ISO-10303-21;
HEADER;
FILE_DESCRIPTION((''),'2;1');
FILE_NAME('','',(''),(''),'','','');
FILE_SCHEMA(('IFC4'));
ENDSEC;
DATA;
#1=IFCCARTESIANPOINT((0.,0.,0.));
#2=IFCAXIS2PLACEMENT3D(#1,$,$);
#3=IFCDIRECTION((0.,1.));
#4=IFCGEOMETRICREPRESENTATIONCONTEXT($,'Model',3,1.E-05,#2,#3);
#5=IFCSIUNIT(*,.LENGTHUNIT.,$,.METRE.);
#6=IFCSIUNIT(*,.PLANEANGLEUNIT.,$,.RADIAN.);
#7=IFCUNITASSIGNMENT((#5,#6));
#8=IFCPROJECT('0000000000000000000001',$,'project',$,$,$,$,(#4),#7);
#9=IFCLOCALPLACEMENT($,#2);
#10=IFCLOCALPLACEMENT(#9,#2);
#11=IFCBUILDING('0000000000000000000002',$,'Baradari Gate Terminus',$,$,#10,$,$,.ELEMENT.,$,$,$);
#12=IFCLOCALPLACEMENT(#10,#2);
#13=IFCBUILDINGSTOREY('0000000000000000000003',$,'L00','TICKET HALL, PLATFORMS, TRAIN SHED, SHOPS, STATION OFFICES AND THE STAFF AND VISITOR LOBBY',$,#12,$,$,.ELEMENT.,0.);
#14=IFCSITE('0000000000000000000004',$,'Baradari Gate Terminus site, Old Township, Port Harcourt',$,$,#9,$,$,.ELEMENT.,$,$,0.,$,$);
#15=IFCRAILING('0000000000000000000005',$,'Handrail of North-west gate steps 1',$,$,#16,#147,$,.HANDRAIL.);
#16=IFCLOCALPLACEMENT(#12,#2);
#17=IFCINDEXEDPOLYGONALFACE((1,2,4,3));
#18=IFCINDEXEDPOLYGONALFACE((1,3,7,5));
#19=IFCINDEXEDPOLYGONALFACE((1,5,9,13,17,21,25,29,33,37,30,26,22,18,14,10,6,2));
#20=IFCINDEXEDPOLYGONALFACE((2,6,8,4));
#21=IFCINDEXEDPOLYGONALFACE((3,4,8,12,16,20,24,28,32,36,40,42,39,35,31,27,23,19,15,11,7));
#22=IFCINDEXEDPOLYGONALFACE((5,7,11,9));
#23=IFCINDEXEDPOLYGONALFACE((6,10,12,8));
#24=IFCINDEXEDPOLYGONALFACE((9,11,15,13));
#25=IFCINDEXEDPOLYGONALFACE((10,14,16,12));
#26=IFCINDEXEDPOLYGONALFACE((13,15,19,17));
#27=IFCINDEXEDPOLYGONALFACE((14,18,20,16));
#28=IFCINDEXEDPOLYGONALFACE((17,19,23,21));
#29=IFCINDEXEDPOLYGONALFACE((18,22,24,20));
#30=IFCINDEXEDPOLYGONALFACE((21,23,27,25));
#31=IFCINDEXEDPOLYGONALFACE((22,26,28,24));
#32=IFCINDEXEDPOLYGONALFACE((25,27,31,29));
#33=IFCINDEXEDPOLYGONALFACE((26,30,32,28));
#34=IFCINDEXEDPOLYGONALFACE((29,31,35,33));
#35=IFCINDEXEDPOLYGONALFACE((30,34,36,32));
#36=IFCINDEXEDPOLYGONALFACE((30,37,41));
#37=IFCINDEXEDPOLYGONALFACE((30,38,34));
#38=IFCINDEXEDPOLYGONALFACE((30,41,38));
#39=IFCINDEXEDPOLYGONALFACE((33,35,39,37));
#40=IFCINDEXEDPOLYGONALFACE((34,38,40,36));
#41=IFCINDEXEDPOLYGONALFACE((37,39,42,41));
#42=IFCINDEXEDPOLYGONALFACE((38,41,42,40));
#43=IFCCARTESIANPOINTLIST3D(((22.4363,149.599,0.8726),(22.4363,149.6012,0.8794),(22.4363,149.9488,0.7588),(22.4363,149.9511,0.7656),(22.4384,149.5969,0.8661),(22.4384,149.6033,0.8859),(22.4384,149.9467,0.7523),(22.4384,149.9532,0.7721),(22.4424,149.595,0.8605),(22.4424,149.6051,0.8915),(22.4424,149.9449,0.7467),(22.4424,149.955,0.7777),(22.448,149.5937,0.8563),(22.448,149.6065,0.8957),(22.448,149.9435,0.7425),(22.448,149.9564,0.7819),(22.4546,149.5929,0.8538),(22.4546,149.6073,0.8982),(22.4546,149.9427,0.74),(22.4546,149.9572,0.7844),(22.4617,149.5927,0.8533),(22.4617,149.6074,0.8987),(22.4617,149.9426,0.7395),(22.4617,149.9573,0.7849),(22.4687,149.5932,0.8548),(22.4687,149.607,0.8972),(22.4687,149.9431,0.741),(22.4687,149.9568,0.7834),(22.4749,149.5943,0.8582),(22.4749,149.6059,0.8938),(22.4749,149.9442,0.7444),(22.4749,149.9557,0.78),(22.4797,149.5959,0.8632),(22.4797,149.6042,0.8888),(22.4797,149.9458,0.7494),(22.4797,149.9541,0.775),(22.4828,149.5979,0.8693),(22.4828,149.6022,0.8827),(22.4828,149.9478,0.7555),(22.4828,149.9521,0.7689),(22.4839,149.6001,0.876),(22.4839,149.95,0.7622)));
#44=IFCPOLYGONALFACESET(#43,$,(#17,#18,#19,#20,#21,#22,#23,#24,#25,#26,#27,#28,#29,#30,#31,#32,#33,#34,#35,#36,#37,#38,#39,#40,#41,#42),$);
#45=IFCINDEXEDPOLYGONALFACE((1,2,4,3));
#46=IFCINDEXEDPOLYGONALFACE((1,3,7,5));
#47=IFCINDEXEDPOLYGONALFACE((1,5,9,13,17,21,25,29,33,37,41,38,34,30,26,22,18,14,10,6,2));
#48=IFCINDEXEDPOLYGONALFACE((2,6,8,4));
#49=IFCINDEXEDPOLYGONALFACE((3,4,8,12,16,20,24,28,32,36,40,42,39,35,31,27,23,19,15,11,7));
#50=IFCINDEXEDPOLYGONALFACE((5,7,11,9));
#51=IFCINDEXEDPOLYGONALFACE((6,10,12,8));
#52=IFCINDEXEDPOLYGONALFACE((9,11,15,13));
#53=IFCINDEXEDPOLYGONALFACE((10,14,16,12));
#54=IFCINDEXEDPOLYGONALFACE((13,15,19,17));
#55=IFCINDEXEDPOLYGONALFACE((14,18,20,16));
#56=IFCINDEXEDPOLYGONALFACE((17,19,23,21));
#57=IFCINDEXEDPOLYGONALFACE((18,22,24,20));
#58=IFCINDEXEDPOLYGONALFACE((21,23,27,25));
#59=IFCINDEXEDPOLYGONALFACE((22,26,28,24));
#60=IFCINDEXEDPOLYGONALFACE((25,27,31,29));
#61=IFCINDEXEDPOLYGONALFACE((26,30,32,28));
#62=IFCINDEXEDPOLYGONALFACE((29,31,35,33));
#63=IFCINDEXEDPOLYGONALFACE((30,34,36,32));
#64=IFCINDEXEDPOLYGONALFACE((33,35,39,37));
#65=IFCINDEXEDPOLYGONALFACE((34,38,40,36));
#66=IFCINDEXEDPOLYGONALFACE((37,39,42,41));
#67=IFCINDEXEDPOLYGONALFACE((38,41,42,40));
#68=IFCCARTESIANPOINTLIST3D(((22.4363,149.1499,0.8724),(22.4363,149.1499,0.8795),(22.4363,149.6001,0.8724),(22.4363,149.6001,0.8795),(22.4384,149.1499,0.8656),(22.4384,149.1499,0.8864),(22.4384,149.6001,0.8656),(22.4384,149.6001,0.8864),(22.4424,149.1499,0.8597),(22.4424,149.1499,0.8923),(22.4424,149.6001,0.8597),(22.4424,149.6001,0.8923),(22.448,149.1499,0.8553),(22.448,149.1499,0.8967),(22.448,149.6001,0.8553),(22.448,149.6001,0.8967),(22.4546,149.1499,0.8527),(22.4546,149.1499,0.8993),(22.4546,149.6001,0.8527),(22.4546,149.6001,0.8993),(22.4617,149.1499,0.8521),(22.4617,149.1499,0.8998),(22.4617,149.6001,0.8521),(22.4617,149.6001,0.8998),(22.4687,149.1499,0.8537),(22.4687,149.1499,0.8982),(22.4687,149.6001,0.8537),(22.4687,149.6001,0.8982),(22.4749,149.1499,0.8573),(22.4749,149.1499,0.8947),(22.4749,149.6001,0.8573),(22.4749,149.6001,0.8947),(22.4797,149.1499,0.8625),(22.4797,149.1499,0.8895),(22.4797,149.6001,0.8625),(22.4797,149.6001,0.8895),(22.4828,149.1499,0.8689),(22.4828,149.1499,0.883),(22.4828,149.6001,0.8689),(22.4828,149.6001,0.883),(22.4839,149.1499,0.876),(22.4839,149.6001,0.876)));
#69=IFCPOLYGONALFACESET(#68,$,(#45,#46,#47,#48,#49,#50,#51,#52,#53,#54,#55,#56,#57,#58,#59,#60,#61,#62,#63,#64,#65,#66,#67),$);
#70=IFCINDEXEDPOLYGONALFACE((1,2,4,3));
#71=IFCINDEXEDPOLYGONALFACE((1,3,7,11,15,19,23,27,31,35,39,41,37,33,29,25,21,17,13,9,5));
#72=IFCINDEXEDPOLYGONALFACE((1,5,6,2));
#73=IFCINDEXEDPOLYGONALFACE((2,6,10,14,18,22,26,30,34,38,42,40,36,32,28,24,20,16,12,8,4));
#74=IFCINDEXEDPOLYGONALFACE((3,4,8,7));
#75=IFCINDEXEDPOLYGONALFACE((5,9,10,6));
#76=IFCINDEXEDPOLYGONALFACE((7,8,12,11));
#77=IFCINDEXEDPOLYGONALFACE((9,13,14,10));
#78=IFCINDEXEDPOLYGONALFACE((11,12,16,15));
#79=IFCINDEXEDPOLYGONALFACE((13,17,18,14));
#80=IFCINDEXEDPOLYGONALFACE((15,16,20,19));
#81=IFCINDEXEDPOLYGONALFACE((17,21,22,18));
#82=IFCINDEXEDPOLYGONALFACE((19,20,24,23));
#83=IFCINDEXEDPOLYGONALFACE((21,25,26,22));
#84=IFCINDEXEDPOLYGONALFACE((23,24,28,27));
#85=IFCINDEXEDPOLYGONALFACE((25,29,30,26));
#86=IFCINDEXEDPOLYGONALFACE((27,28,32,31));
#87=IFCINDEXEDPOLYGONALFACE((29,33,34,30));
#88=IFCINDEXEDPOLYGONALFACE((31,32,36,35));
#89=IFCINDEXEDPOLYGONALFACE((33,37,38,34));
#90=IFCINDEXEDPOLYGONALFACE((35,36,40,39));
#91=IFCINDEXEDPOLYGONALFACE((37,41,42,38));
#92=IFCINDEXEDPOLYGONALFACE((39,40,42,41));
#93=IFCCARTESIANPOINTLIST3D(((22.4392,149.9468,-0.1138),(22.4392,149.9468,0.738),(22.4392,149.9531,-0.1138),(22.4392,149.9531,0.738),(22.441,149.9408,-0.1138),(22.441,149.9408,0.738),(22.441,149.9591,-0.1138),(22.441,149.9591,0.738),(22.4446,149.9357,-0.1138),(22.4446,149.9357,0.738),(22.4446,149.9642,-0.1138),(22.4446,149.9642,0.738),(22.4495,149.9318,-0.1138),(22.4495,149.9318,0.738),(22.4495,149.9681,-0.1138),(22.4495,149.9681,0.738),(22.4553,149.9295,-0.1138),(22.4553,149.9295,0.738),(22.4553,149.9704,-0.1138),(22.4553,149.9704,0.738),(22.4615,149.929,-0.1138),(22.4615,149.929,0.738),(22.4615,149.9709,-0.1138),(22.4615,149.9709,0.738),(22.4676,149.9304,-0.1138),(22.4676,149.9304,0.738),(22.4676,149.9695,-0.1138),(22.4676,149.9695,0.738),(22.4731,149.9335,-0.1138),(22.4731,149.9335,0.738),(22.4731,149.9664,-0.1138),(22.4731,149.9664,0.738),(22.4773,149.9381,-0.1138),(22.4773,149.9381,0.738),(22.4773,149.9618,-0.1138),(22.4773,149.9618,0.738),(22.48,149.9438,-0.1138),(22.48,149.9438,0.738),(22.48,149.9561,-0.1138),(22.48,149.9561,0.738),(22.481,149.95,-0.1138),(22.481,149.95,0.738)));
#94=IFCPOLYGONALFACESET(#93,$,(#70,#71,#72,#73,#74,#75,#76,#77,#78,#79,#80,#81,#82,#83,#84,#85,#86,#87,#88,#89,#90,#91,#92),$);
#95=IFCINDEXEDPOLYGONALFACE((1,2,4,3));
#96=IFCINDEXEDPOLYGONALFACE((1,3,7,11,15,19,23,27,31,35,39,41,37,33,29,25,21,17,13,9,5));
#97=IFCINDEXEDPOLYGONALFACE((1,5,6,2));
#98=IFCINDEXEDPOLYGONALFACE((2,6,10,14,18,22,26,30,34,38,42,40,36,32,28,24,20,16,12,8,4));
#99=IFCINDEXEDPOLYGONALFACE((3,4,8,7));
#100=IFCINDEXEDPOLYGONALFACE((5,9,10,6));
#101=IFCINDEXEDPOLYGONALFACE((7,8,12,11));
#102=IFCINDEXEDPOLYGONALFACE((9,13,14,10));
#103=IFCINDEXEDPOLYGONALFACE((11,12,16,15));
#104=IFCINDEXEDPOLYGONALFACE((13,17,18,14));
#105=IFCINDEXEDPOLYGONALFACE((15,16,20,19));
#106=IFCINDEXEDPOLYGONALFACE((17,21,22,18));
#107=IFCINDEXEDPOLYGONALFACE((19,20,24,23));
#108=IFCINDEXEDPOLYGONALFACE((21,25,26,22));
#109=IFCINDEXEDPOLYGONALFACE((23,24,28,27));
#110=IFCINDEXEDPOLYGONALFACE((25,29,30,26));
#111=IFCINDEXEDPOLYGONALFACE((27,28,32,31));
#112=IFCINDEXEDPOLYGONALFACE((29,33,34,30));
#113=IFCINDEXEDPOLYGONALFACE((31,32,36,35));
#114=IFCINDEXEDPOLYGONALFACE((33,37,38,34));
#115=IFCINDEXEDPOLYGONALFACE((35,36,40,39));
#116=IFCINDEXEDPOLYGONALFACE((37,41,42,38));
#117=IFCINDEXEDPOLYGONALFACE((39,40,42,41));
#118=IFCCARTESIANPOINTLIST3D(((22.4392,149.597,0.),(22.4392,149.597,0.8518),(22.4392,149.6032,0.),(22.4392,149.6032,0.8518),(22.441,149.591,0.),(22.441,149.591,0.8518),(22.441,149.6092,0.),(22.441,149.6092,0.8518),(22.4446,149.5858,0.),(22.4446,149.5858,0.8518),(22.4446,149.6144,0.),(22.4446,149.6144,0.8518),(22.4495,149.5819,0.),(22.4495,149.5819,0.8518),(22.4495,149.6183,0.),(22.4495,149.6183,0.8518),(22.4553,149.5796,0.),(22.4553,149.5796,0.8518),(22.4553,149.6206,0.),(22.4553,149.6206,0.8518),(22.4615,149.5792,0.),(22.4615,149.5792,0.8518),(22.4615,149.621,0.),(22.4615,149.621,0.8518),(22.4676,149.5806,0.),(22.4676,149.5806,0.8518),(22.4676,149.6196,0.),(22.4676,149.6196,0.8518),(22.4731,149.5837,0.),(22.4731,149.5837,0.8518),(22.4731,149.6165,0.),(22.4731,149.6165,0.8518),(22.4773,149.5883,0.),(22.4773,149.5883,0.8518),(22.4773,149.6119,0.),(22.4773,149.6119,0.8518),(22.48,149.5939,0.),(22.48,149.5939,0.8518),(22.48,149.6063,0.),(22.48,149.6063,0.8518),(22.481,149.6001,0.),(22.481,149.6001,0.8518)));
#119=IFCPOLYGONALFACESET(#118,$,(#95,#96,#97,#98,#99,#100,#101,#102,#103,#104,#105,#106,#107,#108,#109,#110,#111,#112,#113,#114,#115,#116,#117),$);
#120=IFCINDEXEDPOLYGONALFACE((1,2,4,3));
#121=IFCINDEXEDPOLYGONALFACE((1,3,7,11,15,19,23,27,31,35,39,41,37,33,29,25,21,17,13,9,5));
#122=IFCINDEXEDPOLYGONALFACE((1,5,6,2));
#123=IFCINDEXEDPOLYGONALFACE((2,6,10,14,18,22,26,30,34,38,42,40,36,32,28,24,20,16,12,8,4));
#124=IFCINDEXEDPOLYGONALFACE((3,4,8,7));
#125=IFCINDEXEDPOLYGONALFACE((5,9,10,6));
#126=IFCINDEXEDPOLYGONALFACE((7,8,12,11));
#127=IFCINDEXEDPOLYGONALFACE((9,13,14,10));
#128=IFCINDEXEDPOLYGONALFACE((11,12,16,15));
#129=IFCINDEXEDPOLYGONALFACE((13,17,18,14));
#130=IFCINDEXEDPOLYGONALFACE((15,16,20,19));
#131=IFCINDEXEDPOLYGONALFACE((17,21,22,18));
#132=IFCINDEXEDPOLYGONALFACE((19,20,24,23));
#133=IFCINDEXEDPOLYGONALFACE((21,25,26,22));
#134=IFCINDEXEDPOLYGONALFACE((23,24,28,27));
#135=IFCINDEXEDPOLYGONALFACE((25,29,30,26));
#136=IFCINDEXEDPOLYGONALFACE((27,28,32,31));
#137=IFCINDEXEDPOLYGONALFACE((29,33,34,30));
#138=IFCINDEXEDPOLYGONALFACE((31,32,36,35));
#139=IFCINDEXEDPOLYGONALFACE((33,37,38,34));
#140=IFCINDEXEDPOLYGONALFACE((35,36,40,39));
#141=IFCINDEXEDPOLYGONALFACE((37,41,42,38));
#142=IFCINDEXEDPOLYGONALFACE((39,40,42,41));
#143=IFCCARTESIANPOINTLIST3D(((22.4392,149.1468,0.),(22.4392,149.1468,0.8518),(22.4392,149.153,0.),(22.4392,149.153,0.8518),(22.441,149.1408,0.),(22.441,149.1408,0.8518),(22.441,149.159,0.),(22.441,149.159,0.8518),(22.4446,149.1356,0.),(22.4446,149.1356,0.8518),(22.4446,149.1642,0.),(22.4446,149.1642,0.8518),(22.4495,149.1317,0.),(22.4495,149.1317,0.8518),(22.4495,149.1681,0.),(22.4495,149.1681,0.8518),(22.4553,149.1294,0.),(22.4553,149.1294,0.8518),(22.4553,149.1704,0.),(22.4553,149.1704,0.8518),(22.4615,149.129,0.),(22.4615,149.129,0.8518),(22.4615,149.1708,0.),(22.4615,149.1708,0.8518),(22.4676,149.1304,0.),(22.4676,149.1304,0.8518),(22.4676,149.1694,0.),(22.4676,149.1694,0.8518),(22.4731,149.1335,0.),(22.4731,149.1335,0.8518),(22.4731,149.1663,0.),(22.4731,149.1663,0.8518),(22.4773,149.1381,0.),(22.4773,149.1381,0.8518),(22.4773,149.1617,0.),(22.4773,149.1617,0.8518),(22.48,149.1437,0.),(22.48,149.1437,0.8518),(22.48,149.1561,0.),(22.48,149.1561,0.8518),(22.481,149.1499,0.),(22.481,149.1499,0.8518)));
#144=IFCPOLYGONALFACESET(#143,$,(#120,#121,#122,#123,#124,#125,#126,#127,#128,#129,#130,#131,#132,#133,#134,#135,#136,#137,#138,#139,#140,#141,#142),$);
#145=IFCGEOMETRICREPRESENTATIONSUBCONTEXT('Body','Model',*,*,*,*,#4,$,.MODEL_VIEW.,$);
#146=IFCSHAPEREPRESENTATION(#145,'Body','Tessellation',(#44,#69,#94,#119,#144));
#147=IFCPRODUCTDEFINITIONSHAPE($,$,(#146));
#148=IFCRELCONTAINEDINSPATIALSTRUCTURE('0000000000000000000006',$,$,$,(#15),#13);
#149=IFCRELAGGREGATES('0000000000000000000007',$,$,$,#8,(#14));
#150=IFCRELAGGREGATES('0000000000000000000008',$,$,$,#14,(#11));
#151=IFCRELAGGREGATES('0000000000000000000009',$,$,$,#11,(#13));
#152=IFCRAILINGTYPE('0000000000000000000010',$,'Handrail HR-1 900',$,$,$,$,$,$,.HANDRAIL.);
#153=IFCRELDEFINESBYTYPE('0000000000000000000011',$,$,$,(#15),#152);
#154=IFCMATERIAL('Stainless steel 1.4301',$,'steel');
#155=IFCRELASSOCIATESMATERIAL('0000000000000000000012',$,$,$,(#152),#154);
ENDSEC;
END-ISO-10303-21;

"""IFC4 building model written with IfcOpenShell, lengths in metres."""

from ifc_helpers import new_model, si_unit, direction, frame, origin, origin_2d, place, context, subcontext, project, spatial, circle, extrude, material, type_object, element, save


model = new_model("IFC4")

# Units and contexts
model_context = context("Model", 3, precision=1e-05, world=origin(), true_north=direction((0.0, 1.0)))
body_context = subcontext(model_context, "Body", "Model", "MODEL_VIEW")
ifc_project = project(units=[si_unit("LENGTHUNIT", "METRE"), si_unit("PLANEANGLEUNIT", "RADIAN")], contexts=[model_context])

# Site, building, storey
site_placement = place(None, origin())
site = spatial("IfcSite", under=ifc_project, at=site_placement, Name="Baradari Gate Terminus site, Old Township, Port Harcourt", CompositionType="ELEMENT", RefElevation=0.0)
building_placement = place(site_placement, origin())
building = spatial("IfcBuilding", under=site, at=building_placement, Name="Baradari Gate Terminus", CompositionType="ELEMENT")
storey_placement = place(building_placement, origin())
storey = spatial("IfcBuildingStorey", under=building, at=storey_placement, Name="L00", Description="TICKET HALL, PLATFORMS, TRAIN SHED, SHOPS, STATION OFFICES AND THE STAFF AND VISITOR LOBBY", CompositionType="ELEMENT", Elevation=0.0)

# Railing
ifc_material_1 = material(Name="Stainless steel 1.4301", Category="steel")
railing_type = type_object("IfcRailingType", Name="Handrail HR-1 900", PredefinedType="HANDRAIL", material=ifc_material_1)
railing_placement = place(storey_placement, frame((22.46, 149.95, -0.1138)))
element("IfcRailing", 1, at=railing_placement, inside=storey, type_object=railing_type, Name="Handrail of North-west gate steps 1", PredefinedType="HANDRAIL", context=body_context, shape_type="SweptSolid", body=[
    extrude(circle(Radius=0.0239, at=origin_2d()), frame((0.0, 0.0, 0.876), z_axis=(0.0, -0.95098, 0.309251), x_axis=(1.0, 0.0, 0.0)), (0.0, 0.0, 1.0), 0.3679),
    extrude(circle(Radius=0.0239, at=origin_2d()), frame((0.0, -0.3499, 0.9897), z_axis=(0.0, -1.0, 0.0), x_axis=(1.0, 0.0, 0.0)), (0.0, 0.0, 1.0), 0.4502),
    extrude(circle(Radius=0.021, at=origin_2d()), origin(), (0.0, 0.0, 1.0), 0.8518),
    extrude(circle(Radius=0.021, at=origin_2d()), frame((0.0, -0.3499, 0.1138)), (0.0, 0.0, 1.0), 0.8518),
    extrude(circle(Radius=0.021, at=origin_2d()), frame((0.0, -0.8, 0.1138)), (0.0, 0.0, 1.0), 0.8518),
])

save(model, "model.ifc")
